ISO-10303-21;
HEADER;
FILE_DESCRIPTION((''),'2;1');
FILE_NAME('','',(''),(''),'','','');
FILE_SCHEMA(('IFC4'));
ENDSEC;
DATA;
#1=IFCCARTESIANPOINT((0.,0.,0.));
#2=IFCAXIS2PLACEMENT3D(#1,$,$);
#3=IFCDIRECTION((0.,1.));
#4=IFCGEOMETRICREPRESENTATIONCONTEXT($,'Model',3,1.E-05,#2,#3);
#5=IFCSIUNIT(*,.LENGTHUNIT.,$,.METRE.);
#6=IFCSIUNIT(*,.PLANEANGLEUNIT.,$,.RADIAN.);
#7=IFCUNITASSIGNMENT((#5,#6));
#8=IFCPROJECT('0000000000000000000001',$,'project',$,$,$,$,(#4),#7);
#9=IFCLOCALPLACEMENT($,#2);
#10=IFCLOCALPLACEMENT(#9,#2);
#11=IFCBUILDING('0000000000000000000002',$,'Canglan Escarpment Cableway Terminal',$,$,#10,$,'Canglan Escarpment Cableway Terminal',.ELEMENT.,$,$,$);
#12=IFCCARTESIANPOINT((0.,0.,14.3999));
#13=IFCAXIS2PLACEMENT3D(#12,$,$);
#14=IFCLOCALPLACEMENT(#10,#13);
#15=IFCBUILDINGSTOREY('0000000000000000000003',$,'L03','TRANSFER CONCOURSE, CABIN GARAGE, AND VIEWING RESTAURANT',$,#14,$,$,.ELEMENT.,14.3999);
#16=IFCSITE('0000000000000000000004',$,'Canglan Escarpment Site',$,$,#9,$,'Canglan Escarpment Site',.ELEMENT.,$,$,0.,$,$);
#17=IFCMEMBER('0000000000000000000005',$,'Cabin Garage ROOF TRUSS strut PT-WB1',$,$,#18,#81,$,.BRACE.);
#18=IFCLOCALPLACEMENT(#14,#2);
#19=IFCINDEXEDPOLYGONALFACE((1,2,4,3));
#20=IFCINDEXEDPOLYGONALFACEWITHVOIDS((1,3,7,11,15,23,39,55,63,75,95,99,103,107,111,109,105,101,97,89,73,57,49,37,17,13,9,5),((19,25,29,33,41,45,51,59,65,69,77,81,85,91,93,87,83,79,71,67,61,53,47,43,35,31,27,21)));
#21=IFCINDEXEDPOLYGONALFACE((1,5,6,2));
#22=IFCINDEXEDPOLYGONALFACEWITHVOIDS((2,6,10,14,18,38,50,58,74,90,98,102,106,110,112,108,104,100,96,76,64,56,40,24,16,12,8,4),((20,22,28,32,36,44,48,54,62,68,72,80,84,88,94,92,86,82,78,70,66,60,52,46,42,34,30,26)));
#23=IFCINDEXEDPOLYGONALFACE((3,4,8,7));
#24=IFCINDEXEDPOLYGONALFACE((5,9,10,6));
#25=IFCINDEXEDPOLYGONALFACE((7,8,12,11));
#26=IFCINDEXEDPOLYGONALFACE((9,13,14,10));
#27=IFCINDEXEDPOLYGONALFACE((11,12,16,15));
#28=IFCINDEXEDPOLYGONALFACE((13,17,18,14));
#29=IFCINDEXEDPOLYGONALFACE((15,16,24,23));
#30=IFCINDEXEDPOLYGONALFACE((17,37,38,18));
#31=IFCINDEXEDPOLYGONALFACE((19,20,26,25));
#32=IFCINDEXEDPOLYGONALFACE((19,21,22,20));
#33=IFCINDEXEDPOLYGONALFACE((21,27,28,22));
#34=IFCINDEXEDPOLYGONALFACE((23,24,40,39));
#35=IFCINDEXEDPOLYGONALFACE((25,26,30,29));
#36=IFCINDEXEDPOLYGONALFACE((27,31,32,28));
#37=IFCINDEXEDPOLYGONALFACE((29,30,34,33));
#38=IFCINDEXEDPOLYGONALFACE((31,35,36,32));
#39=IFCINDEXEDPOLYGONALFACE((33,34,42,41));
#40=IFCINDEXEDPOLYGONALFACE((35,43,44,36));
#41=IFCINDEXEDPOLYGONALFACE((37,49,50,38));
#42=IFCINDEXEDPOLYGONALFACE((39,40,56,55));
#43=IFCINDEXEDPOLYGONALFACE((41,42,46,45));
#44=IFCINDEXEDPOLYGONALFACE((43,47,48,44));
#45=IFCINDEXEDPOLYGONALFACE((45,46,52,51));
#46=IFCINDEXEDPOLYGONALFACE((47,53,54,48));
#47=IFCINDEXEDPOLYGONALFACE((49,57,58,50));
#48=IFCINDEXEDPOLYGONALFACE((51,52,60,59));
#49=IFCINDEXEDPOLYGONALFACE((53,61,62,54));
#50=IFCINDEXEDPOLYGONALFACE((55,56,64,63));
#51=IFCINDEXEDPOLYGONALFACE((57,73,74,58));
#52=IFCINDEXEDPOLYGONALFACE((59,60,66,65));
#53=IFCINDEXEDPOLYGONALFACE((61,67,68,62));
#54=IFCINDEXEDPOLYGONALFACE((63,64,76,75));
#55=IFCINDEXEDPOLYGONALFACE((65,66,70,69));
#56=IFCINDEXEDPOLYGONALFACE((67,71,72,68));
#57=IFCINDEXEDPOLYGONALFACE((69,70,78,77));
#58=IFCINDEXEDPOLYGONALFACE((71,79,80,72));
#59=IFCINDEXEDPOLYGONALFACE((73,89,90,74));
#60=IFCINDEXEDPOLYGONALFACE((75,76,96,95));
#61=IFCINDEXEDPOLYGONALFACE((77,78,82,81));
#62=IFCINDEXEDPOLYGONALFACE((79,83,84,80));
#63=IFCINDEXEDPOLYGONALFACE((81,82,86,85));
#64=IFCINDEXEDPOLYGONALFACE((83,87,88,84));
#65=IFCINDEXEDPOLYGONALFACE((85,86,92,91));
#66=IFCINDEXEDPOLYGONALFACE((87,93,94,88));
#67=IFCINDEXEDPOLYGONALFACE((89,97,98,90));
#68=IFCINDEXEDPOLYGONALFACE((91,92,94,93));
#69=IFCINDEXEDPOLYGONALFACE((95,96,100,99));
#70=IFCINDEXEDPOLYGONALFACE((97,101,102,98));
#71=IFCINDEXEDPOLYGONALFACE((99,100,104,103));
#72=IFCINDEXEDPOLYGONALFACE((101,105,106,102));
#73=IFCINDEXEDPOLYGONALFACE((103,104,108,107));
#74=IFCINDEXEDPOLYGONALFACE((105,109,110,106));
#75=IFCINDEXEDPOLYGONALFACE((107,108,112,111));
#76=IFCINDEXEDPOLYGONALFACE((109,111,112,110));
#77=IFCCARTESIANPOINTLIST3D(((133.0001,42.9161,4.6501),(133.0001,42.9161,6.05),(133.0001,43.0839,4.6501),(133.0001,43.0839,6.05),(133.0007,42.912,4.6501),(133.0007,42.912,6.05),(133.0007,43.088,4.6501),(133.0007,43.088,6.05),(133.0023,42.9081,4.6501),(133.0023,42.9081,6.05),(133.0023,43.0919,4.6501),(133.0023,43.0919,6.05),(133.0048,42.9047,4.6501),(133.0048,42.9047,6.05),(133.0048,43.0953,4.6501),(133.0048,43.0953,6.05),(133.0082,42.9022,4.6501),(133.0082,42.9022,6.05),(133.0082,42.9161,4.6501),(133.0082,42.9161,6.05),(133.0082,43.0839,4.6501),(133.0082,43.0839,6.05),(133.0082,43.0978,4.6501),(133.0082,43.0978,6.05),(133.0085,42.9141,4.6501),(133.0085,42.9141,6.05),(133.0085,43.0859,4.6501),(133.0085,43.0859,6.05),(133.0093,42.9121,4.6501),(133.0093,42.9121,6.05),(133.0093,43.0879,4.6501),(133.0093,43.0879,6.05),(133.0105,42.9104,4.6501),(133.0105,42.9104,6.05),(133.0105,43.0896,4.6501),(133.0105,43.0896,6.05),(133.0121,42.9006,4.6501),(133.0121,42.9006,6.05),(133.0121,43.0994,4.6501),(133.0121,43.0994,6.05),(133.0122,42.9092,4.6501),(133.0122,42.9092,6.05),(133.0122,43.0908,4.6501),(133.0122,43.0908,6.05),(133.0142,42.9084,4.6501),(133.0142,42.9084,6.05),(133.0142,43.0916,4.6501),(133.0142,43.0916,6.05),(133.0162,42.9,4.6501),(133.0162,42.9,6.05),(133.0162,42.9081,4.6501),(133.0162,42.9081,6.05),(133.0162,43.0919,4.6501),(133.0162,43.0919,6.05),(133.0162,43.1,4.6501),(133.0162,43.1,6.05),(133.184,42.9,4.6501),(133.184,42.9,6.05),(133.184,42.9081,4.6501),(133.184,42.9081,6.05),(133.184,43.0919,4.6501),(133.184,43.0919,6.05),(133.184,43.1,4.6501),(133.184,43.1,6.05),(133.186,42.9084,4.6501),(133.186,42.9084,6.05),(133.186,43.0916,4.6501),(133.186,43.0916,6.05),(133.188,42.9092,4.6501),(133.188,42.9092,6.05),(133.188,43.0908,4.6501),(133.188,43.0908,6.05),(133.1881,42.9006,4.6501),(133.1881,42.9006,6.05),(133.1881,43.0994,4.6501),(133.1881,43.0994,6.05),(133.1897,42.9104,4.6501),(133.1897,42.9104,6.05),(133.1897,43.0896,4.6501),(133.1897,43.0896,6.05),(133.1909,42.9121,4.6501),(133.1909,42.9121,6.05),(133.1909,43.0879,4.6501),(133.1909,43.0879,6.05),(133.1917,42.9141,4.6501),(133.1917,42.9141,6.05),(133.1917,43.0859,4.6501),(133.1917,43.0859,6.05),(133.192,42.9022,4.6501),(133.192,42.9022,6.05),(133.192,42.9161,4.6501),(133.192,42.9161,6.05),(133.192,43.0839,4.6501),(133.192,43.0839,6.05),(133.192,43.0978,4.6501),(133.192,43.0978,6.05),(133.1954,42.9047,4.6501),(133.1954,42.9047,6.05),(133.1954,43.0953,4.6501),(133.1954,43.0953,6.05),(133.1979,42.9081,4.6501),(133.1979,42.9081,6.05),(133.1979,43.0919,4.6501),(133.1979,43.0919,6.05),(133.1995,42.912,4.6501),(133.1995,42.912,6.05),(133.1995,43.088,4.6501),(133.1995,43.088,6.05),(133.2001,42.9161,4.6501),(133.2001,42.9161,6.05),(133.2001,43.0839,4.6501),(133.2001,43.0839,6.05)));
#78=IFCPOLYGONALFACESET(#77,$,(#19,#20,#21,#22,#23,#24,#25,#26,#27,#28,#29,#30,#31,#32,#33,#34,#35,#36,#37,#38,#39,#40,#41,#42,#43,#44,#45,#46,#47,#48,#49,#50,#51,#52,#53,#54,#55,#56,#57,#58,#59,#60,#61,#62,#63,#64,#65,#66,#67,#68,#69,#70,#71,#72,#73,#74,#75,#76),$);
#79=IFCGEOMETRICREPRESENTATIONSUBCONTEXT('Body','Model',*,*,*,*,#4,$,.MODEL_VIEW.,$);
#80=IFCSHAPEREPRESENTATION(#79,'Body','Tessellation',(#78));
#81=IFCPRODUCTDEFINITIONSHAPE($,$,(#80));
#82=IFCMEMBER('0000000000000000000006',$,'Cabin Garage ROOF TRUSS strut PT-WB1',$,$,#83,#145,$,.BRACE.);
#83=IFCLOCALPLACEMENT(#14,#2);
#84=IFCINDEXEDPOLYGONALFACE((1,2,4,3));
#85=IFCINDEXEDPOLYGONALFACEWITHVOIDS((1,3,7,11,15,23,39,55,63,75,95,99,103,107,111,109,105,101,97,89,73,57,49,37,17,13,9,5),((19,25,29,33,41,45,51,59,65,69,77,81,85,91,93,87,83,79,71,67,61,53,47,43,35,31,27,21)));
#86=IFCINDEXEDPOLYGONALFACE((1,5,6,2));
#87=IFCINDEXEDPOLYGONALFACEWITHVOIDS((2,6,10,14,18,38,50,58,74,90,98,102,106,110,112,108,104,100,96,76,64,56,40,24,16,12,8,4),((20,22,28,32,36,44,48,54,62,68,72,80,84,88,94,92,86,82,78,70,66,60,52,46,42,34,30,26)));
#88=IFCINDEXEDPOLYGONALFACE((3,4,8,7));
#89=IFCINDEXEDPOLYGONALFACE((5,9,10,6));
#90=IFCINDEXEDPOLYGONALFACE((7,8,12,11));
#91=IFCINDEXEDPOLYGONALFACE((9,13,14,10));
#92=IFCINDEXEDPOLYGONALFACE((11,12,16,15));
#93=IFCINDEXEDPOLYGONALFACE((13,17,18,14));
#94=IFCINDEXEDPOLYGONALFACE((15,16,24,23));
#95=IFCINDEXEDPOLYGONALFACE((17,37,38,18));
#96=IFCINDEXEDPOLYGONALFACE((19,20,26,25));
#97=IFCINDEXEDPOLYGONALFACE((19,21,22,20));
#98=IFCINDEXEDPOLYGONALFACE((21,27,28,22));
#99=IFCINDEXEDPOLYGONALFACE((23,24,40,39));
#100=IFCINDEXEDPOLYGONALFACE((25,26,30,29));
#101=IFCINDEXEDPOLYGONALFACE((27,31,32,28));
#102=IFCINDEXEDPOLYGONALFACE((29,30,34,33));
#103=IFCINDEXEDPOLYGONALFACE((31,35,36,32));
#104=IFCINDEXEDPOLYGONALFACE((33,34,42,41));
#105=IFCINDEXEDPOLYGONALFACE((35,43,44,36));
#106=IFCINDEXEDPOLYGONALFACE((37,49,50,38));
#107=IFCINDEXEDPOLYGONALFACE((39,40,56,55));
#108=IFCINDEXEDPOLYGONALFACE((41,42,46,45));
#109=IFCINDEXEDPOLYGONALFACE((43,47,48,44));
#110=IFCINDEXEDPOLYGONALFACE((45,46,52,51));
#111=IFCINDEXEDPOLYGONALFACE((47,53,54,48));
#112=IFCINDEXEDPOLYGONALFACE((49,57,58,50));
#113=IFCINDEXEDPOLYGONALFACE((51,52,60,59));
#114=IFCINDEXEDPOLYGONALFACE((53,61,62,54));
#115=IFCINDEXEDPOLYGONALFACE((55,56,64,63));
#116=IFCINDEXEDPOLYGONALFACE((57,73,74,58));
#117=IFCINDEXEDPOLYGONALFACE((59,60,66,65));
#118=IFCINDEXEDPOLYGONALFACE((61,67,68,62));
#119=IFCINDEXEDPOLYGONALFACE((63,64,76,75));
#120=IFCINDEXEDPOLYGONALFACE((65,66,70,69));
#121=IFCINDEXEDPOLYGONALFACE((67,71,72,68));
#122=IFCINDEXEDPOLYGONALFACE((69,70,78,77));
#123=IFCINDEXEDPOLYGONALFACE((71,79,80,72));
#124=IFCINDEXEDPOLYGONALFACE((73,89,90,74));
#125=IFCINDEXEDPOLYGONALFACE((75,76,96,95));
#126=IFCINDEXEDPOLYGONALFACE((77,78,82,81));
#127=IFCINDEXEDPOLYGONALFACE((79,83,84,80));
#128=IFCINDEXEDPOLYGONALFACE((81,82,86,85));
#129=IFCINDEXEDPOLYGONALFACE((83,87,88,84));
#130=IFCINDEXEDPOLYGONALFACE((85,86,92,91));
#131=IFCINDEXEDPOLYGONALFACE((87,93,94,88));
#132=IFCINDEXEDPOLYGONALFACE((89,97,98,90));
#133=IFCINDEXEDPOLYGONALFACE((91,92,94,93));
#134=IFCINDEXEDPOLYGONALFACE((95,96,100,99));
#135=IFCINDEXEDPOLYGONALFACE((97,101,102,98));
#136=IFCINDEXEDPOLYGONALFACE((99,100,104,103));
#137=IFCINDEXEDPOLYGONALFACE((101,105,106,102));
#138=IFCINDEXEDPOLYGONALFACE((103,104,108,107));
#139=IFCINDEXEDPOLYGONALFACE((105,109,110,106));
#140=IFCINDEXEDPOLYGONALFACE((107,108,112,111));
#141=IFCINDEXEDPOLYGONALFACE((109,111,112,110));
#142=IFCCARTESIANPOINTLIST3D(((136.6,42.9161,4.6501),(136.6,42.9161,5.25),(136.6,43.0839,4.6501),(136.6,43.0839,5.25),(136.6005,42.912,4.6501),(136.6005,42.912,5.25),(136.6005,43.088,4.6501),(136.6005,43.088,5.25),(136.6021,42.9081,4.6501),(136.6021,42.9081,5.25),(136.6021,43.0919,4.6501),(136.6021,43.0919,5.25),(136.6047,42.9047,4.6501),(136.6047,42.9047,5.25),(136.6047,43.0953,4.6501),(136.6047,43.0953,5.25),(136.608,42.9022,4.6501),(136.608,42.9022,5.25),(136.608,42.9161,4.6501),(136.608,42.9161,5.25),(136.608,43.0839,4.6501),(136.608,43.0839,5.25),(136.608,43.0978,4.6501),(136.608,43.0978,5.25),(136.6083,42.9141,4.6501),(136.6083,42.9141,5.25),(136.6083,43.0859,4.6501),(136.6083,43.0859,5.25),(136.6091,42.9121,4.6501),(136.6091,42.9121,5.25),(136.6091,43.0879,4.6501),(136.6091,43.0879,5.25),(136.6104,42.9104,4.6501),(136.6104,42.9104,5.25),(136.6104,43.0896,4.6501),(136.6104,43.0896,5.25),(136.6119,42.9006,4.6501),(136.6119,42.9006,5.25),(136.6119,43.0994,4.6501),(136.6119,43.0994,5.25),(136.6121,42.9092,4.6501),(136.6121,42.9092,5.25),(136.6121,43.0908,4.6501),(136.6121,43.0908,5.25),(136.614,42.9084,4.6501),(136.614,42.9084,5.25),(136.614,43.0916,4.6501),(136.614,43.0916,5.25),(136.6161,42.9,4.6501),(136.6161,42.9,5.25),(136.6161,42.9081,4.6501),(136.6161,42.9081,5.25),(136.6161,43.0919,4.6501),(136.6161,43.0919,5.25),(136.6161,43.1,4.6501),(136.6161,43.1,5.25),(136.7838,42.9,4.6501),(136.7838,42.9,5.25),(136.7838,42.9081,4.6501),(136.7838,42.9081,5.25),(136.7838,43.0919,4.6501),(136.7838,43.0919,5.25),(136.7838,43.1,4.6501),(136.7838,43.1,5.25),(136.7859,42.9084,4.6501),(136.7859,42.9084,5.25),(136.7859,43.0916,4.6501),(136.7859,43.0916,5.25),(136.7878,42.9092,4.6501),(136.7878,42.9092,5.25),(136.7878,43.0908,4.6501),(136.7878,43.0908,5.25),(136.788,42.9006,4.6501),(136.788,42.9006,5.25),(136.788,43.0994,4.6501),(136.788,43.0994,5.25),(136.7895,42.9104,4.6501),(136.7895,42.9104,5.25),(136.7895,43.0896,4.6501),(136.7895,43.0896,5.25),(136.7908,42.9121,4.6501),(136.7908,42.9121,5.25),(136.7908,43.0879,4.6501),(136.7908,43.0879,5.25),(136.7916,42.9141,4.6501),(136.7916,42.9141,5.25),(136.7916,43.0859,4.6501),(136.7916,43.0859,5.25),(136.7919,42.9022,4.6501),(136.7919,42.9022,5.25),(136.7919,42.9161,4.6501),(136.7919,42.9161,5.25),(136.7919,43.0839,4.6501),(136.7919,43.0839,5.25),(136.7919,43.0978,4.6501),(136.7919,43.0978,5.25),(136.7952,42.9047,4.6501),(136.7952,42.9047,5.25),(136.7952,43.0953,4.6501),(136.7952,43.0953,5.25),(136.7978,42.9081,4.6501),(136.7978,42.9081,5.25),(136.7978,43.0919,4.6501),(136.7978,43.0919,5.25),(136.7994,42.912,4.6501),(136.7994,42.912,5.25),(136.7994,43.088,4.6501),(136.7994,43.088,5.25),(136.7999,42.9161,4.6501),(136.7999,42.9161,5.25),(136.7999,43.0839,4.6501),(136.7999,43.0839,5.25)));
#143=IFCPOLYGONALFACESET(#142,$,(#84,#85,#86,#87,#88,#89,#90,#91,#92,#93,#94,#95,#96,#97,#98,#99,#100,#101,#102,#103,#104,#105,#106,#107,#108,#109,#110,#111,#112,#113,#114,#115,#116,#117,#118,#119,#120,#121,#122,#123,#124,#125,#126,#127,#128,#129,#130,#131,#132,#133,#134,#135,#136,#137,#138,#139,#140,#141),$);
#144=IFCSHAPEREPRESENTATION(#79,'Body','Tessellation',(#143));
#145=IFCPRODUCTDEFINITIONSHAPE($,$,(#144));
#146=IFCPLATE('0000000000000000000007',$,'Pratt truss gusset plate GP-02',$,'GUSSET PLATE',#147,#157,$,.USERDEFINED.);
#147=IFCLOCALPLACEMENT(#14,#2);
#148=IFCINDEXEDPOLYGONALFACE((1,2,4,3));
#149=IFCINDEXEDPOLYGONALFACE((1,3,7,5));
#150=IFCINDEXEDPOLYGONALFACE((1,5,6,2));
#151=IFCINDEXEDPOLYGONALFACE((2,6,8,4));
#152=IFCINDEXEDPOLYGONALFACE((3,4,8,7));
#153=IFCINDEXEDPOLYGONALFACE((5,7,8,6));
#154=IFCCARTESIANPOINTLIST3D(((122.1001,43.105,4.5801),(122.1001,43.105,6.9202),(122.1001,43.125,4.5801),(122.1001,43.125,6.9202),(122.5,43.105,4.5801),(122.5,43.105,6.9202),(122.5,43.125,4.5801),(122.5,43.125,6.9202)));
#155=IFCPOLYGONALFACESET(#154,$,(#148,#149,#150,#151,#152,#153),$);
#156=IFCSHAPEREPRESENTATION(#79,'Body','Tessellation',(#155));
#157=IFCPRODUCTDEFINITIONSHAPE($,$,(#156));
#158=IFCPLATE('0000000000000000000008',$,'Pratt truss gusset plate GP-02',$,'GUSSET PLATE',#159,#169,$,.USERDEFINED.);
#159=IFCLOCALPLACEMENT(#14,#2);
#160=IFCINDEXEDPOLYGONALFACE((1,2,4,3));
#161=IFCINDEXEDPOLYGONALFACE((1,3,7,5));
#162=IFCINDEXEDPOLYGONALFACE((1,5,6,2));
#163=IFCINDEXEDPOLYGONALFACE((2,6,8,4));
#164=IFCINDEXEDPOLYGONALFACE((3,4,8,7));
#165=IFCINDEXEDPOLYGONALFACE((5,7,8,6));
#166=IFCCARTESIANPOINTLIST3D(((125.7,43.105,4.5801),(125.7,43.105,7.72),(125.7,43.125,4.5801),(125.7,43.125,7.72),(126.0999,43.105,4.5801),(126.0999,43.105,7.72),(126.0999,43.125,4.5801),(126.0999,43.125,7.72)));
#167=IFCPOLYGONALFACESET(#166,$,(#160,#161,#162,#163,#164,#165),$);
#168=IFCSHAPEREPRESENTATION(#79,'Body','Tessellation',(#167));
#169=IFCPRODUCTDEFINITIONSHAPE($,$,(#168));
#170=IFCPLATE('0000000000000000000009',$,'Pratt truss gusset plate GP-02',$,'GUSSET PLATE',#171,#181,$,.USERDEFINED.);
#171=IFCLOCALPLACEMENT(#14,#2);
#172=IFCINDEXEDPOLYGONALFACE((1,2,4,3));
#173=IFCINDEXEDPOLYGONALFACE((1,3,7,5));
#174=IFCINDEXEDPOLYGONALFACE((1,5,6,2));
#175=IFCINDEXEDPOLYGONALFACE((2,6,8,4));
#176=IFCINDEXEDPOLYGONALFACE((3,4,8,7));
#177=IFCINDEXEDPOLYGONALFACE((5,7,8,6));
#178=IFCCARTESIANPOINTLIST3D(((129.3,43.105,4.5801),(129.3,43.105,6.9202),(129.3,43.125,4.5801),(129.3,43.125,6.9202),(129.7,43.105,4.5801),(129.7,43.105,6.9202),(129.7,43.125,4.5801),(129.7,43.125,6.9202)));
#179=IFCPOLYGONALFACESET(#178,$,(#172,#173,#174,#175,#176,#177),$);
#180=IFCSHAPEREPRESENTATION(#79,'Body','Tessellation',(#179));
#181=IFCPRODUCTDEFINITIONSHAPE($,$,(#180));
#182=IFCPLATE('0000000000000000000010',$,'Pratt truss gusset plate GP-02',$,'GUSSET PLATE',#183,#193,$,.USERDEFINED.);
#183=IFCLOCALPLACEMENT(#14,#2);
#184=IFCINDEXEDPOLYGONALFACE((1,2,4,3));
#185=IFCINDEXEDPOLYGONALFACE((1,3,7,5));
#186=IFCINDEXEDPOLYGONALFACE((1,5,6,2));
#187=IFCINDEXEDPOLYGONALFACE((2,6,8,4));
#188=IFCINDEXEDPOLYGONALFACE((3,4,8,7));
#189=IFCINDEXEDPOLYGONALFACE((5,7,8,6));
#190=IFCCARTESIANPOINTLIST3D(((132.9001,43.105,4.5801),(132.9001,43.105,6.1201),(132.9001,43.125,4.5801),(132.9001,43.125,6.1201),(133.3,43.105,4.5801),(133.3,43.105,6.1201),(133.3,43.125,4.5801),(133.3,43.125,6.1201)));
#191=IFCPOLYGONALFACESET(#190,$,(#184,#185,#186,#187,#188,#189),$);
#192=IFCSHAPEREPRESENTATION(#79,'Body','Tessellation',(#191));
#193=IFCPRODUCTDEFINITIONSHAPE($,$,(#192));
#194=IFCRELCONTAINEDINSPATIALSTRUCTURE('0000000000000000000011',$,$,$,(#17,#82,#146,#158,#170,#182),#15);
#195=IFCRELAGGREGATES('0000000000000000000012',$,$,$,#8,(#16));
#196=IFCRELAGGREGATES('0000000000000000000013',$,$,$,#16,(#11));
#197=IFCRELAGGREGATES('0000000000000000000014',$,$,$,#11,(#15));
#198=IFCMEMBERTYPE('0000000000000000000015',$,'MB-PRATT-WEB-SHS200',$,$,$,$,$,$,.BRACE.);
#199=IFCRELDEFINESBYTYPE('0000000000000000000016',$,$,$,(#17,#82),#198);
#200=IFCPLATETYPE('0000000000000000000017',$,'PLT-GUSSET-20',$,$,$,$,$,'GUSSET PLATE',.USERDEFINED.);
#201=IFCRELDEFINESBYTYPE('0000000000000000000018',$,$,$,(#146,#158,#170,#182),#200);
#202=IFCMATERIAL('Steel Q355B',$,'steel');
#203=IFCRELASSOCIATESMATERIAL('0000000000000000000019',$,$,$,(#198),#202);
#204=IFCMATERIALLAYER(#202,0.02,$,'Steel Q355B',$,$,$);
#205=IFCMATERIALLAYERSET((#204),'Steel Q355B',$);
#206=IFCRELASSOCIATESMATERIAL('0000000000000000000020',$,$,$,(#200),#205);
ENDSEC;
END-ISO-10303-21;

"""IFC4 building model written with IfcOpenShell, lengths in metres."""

from ifc_helpers import new_model, si_unit, direction, frame, origin, origin_2d, place, context, subcontext, project, spatial, rectangle, hollow_rectangle, extrude, material, layer, layer_set, material_profile, profile_set, type_object, element, save


model = new_model("IFC4")

# Units and contexts
model_context = context("Model", 3, precision=1e-05, world=origin(), true_north=direction((0.0, 1.0)))
body_context = subcontext(model_context, "Body", "Model", "MODEL_VIEW")
ifc_project = project(units=[si_unit("LENGTHUNIT", "METRE"), si_unit("PLANEANGLEUNIT", "RADIAN")], contexts=[model_context])

# Site, building, storey
site_placement = place(None, origin())
site = spatial("IfcSite", under=ifc_project, at=site_placement, Name="Canglan Escarpment Site", LongName="Canglan Escarpment Site", CompositionType="ELEMENT", RefElevation=0.0)
building_placement = place(site_placement, origin())
building = spatial("IfcBuilding", under=site, at=building_placement, Name="Canglan Escarpment Cableway Terminal", LongName="Canglan Escarpment Cableway Terminal", CompositionType="ELEMENT")
storey_placement = place(building_placement, frame((0.0, 0.0, 14.3999)))
storey = spatial("IfcBuildingStorey", under=building, at=storey_placement, Name="L03", Description="TRANSFER CONCOURSE, CABIN GARAGE, AND VIEWING RESTAURANT", CompositionType="ELEMENT", Elevation=14.3999)

# Shared definitions
ifc_material_1 = material(Name="Steel Q355B", Category="steel")

# Members
ifc_material_profile_1 = material_profile(ifc_material_1, hollow_rectangle(XDim=0.2, YDim=0.2, WallThickness=0.0081, InnerFilletRadius=0.0081, OuterFilletRadius=0.0161, at=origin_2d()), Name="SHS 200x200x8")
ifc_profile_set_1 = profile_set([ifc_material_profile_1], Name="Steel Q355B")
member_type_1 = type_object("IfcMemberType", Name="MB-PRATT-WEB-SHS200", PredefinedType="BRACE", material=ifc_profile_set_1)
member_1_placement = place(storey_placement, frame((133.1001, 43.0, 4.6501), z_axis=(0.0, 0.0, 1.0), x_axis=(1.0, 0.0, 0.0)))
element("IfcMember", 1, at=member_1_placement, inside=storey, type_object=member_type_1, Name="Cabin Garage ROOF TRUSS strut PT-WB1", PredefinedType="BRACE", context=body_context, shape_type="SweptSolid", body=[
    extrude(hollow_rectangle(XDim=0.2, YDim=0.2, WallThickness=0.0081, InnerFilletRadius=0.0081, OuterFilletRadius=0.0161, at=origin_2d()), origin(), (0.0, 0.0, 1.0), 1.3999),
])
member_2_placement = place(storey_placement, frame((136.7, 43.0, 4.6501), z_axis=(0.0, 0.0, 1.0), x_axis=(1.0, 0.0, 0.0)))
element("IfcMember", 2, at=member_2_placement, inside=storey, type_object=member_type_1, Name="Cabin Garage ROOF TRUSS strut PT-WB1", PredefinedType="BRACE", context=body_context, shape_type="SweptSolid", body=[
    extrude(hollow_rectangle(XDim=0.2, YDim=0.2, WallThickness=0.0081, InnerFilletRadius=0.0081, OuterFilletRadius=0.0161, at=origin_2d()), origin(), (0.0, 0.0, 1.0), 0.5999),
])

# Plates
ifc_layer_1 = layer(ifc_material_1, 0.02, Name="Steel Q355B")
ifc_layer_set_1 = layer_set([ifc_layer_1], Name="Steel Q355B")
plate_type = type_object("IfcPlateType", Name="PLT-GUSSET-20", ElementType="GUSSET PLATE", PredefinedType="USERDEFINED", material=ifc_layer_set_1)
plate_1_placement = place(storey_placement, frame((122.3, 43.115, 4.5801), z_axis=(0.0, 0.0, 1.0), x_axis=(1.0, 0.0, 0.0)))
element("IfcPlate", 3, at=plate_1_placement, inside=storey, type_object=plate_type, Name="Pratt truss gusset plate GP-02", ObjectType="GUSSET PLATE", PredefinedType="USERDEFINED", context=body_context, shape_type="SweptSolid", body=[
    extrude(rectangle(XDim=0.3999, YDim=0.02, at=origin_2d()), origin(), (0.0, 0.0, 1.0), 2.3401),
])
plate_2_placement = place(storey_placement, frame((125.8999, 43.115, 4.5801), z_axis=(0.0, 0.0, 1.0), x_axis=(1.0, 0.0, 0.0)))
element("IfcPlate", 4, at=plate_2_placement, inside=storey, type_object=plate_type, Name="Pratt truss gusset plate GP-02", ObjectType="GUSSET PLATE", PredefinedType="USERDEFINED", context=body_context, shape_type="SweptSolid", body=[
    extrude(rectangle(XDim=0.3999, YDim=0.02, at=origin_2d()), origin(), (0.0, 0.0, 1.0), 3.1399),
])
plate_3_placement = place(storey_placement, frame((129.5, 43.115, 4.5801), z_axis=(0.0, 0.0, 1.0), x_axis=(1.0, 0.0, 0.0)))
element("IfcPlate", 5, at=plate_3_placement, inside=storey, type_object=plate_type, Name="Pratt truss gusset plate GP-02", ObjectType="GUSSET PLATE", PredefinedType="USERDEFINED", context=body_context, shape_type="SweptSolid", body=[
    extrude(rectangle(XDim=0.3999, YDim=0.02, at=origin_2d()), origin(), (0.0, 0.0, 1.0), 2.3401),
])
plate_4_placement = place(storey_placement, frame((133.1001, 43.115, 4.5801), z_axis=(0.0, 0.0, 1.0), x_axis=(1.0, 0.0, 0.0)))
element("IfcPlate", 6, at=plate_4_placement, inside=storey, type_object=plate_type, Name="Pratt truss gusset plate GP-02", ObjectType="GUSSET PLATE", PredefinedType="USERDEFINED", context=body_context, shape_type="SweptSolid", body=[
    extrude(rectangle(XDim=0.3999, YDim=0.02, at=origin_2d()), origin(), (0.0, 0.0, 1.0), 1.54),
])

save(model, "model.ifc")
